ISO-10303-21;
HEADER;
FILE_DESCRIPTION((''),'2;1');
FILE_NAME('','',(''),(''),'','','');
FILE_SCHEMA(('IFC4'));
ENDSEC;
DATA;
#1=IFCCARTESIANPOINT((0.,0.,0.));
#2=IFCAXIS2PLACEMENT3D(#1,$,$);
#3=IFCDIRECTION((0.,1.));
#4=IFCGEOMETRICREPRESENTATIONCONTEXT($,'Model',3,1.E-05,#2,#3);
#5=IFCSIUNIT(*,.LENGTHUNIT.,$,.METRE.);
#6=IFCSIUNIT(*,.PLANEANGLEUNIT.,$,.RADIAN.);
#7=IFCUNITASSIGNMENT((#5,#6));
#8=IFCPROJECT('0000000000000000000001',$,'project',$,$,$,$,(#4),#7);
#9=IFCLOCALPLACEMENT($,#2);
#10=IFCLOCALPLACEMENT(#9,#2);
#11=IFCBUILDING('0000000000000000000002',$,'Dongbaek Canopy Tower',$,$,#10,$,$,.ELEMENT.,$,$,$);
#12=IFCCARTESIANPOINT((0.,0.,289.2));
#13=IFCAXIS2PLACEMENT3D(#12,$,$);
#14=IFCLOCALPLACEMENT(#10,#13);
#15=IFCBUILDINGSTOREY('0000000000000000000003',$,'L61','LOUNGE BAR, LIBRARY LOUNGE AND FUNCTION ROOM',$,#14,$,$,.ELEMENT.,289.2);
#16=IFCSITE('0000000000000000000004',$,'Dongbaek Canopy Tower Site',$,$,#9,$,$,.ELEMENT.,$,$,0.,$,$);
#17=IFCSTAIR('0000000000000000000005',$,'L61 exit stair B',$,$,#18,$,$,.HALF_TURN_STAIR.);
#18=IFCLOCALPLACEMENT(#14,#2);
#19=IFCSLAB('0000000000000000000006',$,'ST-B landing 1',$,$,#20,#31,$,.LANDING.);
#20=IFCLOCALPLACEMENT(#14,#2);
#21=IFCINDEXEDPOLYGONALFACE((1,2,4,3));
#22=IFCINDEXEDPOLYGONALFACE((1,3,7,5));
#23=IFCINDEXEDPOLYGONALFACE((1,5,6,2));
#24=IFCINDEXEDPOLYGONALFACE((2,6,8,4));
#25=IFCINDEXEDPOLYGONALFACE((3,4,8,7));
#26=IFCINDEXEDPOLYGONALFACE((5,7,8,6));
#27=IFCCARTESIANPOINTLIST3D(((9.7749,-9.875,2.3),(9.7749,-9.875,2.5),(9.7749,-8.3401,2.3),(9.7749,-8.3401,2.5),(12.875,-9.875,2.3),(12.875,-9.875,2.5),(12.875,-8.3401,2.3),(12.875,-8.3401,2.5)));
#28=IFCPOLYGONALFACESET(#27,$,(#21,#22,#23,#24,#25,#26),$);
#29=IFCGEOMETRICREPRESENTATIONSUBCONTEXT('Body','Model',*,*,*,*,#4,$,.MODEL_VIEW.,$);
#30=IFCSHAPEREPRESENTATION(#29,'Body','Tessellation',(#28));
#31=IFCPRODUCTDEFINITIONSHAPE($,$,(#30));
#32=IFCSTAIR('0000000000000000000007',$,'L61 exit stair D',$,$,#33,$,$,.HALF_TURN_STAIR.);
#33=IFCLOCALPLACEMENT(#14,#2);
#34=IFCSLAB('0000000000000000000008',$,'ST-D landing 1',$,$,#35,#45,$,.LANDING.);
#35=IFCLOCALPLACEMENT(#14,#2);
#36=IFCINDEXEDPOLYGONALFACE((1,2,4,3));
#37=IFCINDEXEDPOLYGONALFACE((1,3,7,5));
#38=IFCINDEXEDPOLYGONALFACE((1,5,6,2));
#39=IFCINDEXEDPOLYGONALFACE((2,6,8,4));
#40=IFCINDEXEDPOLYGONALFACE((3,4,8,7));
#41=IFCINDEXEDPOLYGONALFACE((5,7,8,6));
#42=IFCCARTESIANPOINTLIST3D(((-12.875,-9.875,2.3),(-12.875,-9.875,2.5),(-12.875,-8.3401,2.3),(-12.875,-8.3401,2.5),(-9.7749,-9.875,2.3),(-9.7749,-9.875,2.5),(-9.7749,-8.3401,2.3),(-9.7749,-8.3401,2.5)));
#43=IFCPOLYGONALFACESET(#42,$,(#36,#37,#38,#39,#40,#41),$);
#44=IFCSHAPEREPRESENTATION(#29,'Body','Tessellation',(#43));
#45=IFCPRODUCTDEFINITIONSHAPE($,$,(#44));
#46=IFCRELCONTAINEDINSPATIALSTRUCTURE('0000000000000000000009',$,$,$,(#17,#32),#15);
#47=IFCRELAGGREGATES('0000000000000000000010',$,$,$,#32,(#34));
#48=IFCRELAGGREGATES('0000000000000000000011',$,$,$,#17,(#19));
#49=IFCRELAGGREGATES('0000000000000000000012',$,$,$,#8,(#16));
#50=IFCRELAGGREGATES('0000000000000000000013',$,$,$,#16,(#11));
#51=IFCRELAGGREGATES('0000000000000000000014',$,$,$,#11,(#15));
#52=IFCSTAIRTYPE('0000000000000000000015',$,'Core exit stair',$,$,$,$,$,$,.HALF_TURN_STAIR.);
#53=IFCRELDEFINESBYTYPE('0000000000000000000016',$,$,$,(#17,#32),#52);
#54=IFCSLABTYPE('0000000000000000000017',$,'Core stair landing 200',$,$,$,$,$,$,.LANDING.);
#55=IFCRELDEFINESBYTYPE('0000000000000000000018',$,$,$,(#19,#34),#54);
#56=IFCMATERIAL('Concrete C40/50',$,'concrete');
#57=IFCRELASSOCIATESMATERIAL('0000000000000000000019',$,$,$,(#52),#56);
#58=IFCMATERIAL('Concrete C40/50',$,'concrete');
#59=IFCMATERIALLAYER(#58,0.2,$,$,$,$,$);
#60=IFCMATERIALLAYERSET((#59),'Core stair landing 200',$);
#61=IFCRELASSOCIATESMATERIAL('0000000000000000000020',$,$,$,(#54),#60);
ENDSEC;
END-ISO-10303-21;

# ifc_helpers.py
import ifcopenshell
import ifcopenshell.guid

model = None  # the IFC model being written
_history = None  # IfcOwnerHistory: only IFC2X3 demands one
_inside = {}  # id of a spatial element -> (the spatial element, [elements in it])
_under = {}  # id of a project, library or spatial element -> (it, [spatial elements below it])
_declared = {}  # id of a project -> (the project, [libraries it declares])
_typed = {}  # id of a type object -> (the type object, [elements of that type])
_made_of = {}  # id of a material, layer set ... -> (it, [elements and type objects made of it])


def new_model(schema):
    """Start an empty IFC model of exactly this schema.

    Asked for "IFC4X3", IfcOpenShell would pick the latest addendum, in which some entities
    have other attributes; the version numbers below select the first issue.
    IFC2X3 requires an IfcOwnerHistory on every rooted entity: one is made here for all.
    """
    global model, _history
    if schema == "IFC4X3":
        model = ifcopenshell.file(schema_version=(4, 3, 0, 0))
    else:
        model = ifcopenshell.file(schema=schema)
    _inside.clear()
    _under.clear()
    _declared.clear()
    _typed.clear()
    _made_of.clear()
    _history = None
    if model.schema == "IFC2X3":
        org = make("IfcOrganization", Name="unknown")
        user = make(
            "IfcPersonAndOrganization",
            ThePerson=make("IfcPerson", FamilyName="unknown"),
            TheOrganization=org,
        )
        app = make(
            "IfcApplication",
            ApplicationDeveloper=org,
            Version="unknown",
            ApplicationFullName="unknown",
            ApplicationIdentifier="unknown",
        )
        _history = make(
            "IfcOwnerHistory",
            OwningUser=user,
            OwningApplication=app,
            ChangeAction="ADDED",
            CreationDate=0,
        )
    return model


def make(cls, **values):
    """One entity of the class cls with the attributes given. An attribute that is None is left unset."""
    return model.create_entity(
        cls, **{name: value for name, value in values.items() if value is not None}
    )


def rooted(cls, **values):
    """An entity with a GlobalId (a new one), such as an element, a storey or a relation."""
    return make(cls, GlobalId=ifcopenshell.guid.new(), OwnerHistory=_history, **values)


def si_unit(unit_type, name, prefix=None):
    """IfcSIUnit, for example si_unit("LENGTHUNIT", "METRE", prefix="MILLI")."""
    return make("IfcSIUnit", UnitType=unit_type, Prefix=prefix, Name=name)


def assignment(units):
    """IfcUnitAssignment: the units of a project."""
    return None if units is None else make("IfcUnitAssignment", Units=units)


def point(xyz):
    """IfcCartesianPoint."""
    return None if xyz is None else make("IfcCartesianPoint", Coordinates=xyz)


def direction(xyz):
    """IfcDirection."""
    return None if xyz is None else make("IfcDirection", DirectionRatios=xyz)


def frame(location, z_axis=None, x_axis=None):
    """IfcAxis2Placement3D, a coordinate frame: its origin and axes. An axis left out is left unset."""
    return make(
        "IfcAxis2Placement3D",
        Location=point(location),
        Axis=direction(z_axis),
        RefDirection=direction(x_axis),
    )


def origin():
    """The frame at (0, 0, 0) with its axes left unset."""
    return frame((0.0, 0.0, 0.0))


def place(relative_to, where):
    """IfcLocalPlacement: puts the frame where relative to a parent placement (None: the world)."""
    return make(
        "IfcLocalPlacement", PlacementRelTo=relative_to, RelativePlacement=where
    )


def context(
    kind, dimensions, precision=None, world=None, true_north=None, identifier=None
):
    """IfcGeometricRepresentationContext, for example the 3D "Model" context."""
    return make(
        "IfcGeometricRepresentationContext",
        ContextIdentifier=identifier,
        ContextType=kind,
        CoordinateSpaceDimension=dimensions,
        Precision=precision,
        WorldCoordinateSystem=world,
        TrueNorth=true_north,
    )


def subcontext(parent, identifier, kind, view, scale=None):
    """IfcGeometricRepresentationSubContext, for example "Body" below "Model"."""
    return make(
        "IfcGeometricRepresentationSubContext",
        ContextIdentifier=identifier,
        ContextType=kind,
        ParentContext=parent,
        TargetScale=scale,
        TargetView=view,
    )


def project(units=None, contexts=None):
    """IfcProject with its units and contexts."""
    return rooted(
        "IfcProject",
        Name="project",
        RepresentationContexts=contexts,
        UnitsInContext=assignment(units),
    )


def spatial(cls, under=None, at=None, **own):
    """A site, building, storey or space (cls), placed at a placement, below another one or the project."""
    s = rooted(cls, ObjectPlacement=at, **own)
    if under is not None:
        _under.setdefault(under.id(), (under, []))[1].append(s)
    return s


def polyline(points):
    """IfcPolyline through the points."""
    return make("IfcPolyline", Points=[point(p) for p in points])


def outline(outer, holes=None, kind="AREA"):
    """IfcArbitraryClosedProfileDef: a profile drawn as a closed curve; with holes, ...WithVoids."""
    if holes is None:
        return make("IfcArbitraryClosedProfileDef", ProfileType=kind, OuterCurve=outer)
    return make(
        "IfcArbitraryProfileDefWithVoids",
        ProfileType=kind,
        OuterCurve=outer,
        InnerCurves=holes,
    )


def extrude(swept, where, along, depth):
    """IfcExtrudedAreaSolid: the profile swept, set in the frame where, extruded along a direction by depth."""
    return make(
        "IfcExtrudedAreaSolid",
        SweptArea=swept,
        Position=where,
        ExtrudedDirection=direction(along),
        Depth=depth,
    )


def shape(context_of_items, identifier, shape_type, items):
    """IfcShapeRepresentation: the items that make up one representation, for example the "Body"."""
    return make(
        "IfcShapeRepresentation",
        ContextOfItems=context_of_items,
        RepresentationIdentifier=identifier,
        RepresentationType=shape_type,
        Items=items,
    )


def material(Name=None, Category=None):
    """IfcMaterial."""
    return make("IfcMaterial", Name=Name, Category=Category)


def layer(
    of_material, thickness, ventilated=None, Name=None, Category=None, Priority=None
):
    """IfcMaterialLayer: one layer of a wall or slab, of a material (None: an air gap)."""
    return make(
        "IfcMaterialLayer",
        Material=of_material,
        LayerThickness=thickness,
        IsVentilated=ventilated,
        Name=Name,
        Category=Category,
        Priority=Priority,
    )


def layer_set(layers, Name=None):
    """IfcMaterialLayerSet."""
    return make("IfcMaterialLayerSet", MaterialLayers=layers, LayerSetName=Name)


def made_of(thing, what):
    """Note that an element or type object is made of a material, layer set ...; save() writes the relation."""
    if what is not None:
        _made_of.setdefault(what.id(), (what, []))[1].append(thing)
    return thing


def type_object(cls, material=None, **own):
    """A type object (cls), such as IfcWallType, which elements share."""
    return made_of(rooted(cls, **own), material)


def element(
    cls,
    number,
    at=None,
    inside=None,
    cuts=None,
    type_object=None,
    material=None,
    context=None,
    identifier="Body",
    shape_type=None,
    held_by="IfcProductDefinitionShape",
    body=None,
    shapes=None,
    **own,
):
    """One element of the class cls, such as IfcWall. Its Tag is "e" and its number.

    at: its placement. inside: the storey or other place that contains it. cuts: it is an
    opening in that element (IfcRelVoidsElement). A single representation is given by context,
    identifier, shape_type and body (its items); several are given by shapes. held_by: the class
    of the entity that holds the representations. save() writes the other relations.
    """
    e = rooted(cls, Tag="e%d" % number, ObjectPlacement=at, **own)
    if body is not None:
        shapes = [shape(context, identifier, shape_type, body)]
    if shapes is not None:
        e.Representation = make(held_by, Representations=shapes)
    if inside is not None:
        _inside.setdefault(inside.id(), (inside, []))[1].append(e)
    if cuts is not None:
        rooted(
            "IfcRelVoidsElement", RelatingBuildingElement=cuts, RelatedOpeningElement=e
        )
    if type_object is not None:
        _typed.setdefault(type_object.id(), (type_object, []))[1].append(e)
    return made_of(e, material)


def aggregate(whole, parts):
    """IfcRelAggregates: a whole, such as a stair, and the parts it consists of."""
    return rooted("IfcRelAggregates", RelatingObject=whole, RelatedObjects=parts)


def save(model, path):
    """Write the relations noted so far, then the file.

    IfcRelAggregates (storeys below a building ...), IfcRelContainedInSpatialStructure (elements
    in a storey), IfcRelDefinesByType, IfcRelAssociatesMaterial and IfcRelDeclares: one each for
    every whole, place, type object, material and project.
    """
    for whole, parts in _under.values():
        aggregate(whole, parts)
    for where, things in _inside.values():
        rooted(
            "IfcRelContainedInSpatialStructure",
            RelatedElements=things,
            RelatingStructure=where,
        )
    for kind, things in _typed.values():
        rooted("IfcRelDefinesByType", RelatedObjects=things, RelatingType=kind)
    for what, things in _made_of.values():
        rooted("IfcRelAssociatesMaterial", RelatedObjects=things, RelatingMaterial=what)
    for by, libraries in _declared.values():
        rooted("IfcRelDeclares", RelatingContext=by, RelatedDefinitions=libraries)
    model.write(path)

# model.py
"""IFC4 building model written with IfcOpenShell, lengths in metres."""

from ifc_helpers import new_model, si_unit, direction, frame, origin, place, context, subcontext, project, spatial, polyline, outline, extrude, material, layer, layer_set, type_object, element, aggregate, save


model = new_model("IFC4")

# Units and contexts
model_context = context("Model", 3, precision=1e-05, world=origin(), true_north=direction((0.0, 1.0)))
body_context = subcontext(model_context, "Body", "Model", "MODEL_VIEW")
ifc_project = project(units=[si_unit("LENGTHUNIT", "METRE"), si_unit("PLANEANGLEUNIT", "RADIAN")], contexts=[model_context])

# Site, building, storey
site_placement = place(None, origin())
site = spatial("IfcSite", under=ifc_project, at=site_placement, Name="Dongbaek Canopy Tower Site", CompositionType="ELEMENT", RefElevation=0.0)
building_placement = place(site_placement, origin())
building = spatial("IfcBuilding", under=site, at=building_placement, Name="Dongbaek Canopy Tower", CompositionType="ELEMENT")
storey_placement = place(building_placement, frame((0.0, 0.0, 289.2)))
storey = spatial("IfcBuildingStorey", under=building, at=storey_placement, Name="L61", Description="LOUNGE BAR, LIBRARY LOUNGE AND FUNCTION ROOM", CompositionType="ELEMENT", Elevation=289.2)

# Stairs, slabs
ifc_material_1 = material(Name="Concrete C40/50", Category="concrete")
stair_type = type_object("IfcStairType", Name="Core exit stair", PredefinedType="HALF_TURN_STAIR", material=ifc_material_1)
stair_1_placement = place(storey_placement, origin())
stair_1 = element("IfcStair", 1, at=stair_1_placement, inside=storey, type_object=stair_type, Name="L61 exit stair B", PredefinedType="HALF_TURN_STAIR")
ifc_material_2 = material(Name="Concrete C40/50", Category="concrete")
ifc_layer_1 = layer(ifc_material_2, 0.2)
ifc_layer_set_1 = layer_set([ifc_layer_1], Name="Core stair landing 200")
slab_type = type_object("IfcSlabType", Name="Core stair landing 200", PredefinedType="LANDING", material=ifc_layer_set_1)
slab_1_placement = place(storey_placement, frame((0.0, 0.0, 2.3)))
slab_1 = element("IfcSlab", 2, at=slab_1_placement, type_object=slab_type, Name="ST-B landing 1", PredefinedType="LANDING", context=body_context, shape_type="SweptSolid", body=[
    extrude(outline(polyline([(9.7749, -8.3401), (9.7749, -9.875), (12.875, -9.875), (12.875, -8.3401), (9.7749, -8.3401)])), origin(), (0.0, 0.0, 1.0), 0.2),
])
stair_2_placement = place(storey_placement, origin())
stair_2 = element("IfcStair", 3, at=stair_2_placement, inside=storey, type_object=stair_type, Name="L61 exit stair D", PredefinedType="HALF_TURN_STAIR")
slab_2_placement = place(storey_placement, frame((0.0, 0.0, 2.3)))
slab_2 = element("IfcSlab", 4, at=slab_2_placement, type_object=slab_type, Name="ST-D landing 1", PredefinedType="LANDING", context=body_context, shape_type="SweptSolid", body=[
    extrude(outline(polyline([(-12.875, -8.3401), (-12.875, -9.875), (-9.7749, -9.875), (-9.7749, -8.3401), (-12.875, -8.3401)])), origin(), (0.0, 0.0, 1.0), 0.2),
])
aggregate(stair_2, [slab_2])

aggregate(stair_1, [slab_1])

save(model, "model.ifc")
